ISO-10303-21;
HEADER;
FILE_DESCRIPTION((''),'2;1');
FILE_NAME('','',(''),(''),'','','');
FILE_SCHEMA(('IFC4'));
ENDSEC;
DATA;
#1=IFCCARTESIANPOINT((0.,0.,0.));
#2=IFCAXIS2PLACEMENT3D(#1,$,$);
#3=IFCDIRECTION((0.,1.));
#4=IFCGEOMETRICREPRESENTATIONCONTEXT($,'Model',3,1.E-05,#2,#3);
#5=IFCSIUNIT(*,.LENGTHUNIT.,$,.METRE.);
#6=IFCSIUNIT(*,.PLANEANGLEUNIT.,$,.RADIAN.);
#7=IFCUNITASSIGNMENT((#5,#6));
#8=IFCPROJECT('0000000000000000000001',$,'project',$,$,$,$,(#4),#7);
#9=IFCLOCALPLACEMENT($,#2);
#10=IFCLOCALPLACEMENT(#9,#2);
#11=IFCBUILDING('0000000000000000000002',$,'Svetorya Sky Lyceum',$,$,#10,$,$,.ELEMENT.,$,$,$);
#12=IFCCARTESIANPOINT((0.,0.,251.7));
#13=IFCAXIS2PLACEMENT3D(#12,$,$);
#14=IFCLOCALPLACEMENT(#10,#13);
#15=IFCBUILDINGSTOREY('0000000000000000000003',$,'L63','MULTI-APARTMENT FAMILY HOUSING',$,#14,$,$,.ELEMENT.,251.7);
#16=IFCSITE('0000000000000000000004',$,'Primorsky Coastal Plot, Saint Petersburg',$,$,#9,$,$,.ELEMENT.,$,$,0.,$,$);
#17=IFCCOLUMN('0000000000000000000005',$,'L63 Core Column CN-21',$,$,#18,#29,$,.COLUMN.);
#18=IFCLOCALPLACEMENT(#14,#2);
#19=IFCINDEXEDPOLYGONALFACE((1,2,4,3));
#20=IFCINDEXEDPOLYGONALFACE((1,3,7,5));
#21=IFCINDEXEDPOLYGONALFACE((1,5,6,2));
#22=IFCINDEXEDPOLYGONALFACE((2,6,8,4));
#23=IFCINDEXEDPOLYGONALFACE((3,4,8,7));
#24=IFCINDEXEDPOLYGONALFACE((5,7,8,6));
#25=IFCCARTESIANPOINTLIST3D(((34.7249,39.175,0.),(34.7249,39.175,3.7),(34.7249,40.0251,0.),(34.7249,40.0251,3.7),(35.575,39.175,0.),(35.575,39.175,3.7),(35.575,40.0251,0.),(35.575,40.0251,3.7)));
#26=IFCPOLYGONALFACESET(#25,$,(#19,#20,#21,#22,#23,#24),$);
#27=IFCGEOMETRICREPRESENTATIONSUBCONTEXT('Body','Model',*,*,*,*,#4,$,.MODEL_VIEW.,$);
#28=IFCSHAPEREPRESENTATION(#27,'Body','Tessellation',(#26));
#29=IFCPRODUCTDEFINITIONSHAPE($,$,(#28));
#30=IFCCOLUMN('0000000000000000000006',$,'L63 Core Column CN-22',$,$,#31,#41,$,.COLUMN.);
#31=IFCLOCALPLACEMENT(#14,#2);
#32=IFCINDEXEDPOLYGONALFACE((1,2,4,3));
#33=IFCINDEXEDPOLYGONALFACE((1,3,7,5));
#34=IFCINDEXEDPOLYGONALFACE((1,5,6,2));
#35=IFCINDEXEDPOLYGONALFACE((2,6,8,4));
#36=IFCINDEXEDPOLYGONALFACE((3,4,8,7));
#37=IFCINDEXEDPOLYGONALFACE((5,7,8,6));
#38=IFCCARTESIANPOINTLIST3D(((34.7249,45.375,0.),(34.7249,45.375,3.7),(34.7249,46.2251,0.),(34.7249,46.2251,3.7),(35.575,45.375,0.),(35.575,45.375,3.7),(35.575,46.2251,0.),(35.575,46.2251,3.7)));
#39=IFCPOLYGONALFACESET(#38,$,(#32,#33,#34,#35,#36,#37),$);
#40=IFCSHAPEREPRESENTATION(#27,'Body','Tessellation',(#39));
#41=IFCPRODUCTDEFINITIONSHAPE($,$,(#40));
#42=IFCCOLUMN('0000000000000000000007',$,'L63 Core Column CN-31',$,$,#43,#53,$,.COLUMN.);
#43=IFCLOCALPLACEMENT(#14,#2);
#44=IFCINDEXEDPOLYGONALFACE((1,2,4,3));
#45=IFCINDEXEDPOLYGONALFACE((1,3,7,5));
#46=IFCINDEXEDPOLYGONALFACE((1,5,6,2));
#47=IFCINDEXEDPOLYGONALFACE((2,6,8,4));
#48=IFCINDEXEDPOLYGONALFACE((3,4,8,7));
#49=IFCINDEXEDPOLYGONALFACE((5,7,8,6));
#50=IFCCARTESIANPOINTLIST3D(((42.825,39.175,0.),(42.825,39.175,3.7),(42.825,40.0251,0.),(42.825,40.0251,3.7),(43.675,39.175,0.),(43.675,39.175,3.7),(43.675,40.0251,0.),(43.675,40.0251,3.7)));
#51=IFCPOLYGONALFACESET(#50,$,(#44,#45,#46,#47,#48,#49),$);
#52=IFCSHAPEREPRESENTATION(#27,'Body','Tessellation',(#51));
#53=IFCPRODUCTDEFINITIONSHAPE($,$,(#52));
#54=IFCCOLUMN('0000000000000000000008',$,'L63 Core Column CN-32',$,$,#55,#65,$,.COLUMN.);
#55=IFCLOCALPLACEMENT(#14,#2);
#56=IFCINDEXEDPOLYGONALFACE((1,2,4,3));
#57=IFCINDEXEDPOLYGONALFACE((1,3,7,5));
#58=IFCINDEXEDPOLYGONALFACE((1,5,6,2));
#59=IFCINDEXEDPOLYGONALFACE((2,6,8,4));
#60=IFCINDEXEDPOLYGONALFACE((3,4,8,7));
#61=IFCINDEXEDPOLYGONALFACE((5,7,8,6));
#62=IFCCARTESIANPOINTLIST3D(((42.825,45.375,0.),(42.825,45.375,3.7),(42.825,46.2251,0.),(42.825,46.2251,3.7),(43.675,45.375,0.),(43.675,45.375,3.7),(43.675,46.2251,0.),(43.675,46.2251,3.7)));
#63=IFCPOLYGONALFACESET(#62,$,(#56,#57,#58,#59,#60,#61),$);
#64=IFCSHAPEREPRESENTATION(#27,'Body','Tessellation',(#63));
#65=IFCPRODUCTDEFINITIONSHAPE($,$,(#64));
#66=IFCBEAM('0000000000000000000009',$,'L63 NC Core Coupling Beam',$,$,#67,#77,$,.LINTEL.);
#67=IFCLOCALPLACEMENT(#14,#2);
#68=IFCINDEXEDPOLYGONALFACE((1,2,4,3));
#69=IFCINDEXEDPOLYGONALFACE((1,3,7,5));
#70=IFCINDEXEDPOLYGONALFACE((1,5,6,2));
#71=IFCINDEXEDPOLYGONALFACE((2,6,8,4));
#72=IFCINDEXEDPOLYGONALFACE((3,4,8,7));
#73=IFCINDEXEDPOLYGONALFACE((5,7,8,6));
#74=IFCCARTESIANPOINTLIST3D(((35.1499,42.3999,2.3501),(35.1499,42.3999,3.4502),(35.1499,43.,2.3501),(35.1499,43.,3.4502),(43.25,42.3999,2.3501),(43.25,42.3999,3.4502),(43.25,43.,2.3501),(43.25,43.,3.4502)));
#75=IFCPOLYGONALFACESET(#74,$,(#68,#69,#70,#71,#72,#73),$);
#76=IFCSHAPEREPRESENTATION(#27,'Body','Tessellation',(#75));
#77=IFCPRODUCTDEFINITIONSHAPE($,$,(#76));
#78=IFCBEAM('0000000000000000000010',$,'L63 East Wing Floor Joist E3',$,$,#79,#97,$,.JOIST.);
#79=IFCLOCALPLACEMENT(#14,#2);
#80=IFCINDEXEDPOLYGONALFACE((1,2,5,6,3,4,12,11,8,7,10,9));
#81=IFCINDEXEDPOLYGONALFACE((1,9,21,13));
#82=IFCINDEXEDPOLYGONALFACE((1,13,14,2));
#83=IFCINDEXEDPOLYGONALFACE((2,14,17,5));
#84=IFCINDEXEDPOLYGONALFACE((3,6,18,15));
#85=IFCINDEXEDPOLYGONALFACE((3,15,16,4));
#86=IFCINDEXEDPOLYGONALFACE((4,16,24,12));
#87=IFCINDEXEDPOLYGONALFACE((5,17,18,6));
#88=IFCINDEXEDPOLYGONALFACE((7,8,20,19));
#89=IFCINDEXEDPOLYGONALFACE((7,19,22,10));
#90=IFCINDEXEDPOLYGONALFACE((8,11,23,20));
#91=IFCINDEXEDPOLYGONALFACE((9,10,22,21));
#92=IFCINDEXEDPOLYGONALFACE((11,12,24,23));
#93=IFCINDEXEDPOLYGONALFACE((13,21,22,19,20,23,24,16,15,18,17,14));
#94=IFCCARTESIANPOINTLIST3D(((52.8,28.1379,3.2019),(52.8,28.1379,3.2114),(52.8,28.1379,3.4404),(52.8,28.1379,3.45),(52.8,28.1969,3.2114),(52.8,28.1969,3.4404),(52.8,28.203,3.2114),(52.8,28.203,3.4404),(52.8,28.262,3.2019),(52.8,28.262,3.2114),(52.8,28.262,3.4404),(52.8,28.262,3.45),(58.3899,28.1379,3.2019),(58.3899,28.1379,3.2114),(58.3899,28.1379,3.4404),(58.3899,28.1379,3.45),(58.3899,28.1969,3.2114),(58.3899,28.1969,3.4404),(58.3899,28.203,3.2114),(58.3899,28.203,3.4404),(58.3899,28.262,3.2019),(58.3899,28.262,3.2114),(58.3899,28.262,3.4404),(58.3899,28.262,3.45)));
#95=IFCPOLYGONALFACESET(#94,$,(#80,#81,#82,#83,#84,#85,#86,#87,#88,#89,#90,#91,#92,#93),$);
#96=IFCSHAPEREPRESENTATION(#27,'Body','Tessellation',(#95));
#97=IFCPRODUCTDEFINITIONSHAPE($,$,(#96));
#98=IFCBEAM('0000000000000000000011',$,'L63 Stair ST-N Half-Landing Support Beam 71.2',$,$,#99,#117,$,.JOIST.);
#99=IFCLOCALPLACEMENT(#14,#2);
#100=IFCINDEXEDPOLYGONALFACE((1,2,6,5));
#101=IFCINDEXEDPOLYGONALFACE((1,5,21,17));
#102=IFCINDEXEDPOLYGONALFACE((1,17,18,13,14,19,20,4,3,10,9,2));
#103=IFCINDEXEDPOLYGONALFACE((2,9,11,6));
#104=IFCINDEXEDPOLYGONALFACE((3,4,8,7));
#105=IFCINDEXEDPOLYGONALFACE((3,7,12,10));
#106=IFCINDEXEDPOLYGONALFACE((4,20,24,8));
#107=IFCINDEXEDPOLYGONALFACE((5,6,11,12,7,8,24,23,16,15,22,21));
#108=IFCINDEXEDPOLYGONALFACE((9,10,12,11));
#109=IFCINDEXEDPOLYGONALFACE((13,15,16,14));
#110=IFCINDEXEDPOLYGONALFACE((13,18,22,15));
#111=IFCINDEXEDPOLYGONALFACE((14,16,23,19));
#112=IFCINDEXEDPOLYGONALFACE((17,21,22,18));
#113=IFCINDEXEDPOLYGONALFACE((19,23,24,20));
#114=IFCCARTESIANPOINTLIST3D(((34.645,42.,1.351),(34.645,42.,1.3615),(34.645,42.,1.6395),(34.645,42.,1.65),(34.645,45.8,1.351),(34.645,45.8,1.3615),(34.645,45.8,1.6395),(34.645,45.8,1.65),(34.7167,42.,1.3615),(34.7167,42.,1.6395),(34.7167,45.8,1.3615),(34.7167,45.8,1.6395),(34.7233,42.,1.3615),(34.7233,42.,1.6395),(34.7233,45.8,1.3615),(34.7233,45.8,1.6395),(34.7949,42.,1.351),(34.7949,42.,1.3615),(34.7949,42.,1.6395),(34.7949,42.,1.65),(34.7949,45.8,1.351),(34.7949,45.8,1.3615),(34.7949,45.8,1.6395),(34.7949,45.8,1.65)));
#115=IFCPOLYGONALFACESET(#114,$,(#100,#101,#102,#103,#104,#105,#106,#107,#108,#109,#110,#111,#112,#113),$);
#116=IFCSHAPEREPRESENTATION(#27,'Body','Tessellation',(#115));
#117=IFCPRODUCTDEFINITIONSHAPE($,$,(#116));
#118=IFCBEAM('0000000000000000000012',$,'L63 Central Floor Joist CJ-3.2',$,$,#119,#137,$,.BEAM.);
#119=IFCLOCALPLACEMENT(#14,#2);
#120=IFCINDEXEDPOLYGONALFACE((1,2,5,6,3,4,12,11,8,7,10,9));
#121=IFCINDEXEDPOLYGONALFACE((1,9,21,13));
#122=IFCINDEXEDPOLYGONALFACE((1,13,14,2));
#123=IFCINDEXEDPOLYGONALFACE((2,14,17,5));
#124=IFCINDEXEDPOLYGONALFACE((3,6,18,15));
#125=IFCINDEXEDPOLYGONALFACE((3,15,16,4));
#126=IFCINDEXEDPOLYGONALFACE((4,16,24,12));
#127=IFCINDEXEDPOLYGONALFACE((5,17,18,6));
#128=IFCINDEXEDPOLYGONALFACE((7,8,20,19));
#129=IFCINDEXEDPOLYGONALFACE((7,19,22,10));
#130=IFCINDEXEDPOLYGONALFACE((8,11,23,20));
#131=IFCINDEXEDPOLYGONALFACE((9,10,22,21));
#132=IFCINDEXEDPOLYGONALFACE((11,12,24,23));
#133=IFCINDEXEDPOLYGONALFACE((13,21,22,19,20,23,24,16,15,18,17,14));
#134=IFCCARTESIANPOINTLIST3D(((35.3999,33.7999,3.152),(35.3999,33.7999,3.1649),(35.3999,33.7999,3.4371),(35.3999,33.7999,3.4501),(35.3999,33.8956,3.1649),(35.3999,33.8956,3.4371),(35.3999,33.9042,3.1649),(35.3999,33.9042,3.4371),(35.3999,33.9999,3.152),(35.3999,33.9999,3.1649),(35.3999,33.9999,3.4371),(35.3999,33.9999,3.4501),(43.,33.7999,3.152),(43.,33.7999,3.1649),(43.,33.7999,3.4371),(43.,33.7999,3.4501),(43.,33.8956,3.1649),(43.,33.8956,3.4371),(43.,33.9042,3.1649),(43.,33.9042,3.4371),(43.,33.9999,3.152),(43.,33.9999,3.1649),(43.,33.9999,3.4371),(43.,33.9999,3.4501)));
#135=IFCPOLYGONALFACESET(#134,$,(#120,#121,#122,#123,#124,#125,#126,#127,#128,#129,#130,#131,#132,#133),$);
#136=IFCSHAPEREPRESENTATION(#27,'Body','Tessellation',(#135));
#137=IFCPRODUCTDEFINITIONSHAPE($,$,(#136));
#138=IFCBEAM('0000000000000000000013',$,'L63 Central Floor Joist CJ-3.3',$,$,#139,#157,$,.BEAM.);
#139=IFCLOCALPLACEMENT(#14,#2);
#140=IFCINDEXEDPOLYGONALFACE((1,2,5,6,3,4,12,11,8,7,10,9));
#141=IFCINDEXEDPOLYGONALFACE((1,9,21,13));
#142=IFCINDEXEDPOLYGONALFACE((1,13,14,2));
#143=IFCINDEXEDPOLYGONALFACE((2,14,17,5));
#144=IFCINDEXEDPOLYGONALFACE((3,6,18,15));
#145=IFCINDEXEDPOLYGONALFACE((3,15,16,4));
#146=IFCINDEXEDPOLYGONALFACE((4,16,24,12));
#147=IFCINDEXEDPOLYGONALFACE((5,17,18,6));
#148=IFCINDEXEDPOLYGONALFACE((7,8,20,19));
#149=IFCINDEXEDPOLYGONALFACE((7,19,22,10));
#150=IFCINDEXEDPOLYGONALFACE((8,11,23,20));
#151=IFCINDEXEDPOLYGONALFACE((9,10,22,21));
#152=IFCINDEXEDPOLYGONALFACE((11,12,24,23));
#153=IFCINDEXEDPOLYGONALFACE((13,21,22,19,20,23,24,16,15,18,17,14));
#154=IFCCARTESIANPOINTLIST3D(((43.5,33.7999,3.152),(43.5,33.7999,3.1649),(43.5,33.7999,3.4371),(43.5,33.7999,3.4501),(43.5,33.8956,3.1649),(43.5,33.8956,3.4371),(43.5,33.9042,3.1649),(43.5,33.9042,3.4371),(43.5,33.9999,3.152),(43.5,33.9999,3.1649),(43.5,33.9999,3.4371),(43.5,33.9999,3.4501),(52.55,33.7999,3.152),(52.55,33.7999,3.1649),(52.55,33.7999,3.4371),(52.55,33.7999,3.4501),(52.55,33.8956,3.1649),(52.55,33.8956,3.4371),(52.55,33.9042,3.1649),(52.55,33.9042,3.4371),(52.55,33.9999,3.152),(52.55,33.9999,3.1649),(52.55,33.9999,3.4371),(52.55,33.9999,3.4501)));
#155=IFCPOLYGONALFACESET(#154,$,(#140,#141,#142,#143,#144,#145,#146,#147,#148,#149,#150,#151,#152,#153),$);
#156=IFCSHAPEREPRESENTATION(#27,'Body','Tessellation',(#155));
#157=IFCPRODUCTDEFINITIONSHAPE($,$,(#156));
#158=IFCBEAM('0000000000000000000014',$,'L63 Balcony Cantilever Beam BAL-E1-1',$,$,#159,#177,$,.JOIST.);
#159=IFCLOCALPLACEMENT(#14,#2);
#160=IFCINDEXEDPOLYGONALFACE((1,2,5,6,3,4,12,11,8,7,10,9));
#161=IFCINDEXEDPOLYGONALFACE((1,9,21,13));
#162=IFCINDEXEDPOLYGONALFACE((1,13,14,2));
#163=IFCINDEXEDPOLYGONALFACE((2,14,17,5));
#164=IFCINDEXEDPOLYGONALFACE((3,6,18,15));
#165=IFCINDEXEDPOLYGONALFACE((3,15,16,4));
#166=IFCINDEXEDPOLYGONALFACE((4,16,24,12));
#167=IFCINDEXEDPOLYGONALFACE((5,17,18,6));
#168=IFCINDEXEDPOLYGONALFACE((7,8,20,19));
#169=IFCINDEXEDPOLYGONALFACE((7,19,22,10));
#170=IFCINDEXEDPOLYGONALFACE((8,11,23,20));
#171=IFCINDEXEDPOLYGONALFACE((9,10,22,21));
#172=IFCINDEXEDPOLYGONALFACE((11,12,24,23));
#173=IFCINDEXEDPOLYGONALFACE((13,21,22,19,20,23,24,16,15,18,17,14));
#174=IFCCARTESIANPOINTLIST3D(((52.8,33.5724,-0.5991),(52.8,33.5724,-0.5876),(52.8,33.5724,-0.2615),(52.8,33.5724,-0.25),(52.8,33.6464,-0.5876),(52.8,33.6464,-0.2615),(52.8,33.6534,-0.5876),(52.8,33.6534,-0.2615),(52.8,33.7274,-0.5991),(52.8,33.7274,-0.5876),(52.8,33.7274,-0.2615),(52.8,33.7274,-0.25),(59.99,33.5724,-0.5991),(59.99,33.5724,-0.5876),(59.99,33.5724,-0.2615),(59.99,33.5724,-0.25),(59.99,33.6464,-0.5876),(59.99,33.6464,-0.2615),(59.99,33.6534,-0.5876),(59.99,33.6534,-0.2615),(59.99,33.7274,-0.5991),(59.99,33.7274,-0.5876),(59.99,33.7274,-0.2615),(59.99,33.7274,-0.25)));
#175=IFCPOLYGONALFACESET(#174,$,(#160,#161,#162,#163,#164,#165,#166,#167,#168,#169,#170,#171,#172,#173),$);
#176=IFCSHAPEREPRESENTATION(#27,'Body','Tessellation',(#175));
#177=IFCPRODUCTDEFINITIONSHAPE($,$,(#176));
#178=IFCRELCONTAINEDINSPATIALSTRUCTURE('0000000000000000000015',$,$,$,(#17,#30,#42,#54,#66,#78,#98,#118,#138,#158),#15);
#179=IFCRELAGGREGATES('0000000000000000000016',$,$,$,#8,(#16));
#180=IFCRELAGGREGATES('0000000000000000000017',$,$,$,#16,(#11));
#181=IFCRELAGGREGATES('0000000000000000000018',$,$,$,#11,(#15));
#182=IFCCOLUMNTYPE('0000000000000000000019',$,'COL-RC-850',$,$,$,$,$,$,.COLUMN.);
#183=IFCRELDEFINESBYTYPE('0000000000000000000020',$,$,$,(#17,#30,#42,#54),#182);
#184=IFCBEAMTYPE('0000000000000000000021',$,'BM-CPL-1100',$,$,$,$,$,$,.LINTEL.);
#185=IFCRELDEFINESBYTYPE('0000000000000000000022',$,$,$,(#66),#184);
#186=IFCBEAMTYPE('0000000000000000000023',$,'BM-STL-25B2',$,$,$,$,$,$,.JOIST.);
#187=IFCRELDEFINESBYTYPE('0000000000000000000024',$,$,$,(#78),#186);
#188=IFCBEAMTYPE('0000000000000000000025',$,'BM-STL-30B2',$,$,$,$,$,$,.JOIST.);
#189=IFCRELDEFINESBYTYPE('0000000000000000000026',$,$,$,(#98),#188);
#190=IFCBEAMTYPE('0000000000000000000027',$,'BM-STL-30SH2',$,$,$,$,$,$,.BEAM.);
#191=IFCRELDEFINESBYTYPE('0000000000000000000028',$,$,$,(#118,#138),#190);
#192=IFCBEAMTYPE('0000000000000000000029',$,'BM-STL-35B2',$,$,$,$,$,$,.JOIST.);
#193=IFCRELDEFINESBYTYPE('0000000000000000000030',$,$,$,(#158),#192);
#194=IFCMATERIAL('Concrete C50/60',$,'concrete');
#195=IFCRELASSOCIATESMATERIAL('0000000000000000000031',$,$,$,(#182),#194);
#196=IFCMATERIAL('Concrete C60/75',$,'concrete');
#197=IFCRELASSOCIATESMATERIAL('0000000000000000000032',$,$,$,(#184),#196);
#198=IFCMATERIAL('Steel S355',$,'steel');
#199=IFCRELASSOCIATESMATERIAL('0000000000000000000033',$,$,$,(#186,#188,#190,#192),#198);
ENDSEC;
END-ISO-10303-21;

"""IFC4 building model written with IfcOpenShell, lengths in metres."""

from ifc_helpers import new_model, si_unit, direction, frame, origin, origin_2d, place, context, subcontext, project, spatial, rectangle, i_section, extrude, material, material_profile, profile_set, type_object, element, save


model = new_model("IFC4")

# Units and contexts
model_context = context("Model", 3, precision=1e-05, world=origin(), true_north=direction((0.0, 1.0)))
body_context = subcontext(model_context, "Body", "Model", "MODEL_VIEW")
ifc_project = project(units=[si_unit("LENGTHUNIT", "METRE"), si_unit("PLANEANGLEUNIT", "RADIAN")], contexts=[model_context])

# Site, building, storey
site_placement = place(None, origin())
site = spatial("IfcSite", under=ifc_project, at=site_placement, Name="Primorsky Coastal Plot, Saint Petersburg", CompositionType="ELEMENT", RefElevation=0.0)
building_placement = place(site_placement, origin())
building = spatial("IfcBuilding", under=site, at=building_placement, Name="Svetorya Sky Lyceum", CompositionType="ELEMENT")
storey_placement = place(building_placement, frame((0.0, 0.0, 251.7)))
storey = spatial("IfcBuildingStorey", under=building, at=storey_placement, Name="L63", Description="MULTI-APARTMENT FAMILY HOUSING", CompositionType="ELEMENT", Elevation=251.7)

# Columns
ifc_material_1 = material(Name="Concrete C50/60", Category="concrete")
ifc_material_profile_1 = material_profile(ifc_material_1, rectangle(XDim=0.8501, YDim=0.8501, at=origin_2d()), Name="RC COL 850x850")
ifc_profile_set_1 = profile_set([ifc_material_profile_1], Name="Concrete C50/60")
column_type = type_object("IfcColumnType", Name="COL-RC-850", PredefinedType="COLUMN", material=ifc_profile_set_1)
for number, where, z_axis, x_axis, name in (
    (1, (35.1499, 39.6001, 0.0), (0.0, 0.0, 1.0), (1.0, 0.0, 0.0), "L63 Core Column CN-21"),
    (2, (35.1499, 45.8, 0.0), (0.0, 0.0, 1.0), (1.0, 0.0, 0.0), "L63 Core Column CN-22"),
    (3, (43.25, 39.6001, 0.0), (0.0, 0.0, 1.0), (1.0, 0.0, 0.0), "L63 Core Column CN-31"),
    (4, (43.25, 45.8, 0.0), (0.0, 0.0, 1.0), (1.0, 0.0, 0.0), "L63 Core Column CN-32"),
):
    element("IfcColumn", number, at=place(storey_placement, frame(where, z_axis=z_axis, x_axis=x_axis)), inside=storey, type_object=column_type, Name=name, PredefinedType="COLUMN", context=body_context, shape_type="SweptSolid", body=[
        extrude(rectangle(XDim=0.8501, YDim=0.8501, at=origin_2d()), origin(), (0.0, 0.0, 1.0), 3.7),
    ])

# Beams
ifc_material_2 = material(Name="Concrete C60/75", Category="concrete")
ifc_material_profile_2 = material_profile(ifc_material_2, rectangle(XDim=0.6001, YDim=1.1001, at=origin_2d()), Name="RC COUPLING 600x1100")
ifc_profile_set_2 = profile_set([ifc_material_profile_2], Name="Concrete C60/75")
beam_type_1 = type_object("IfcBeamType", Name="BM-CPL-1100", PredefinedType="LINTEL", material=ifc_profile_set_2)
beam_1_placement = place(storey_placement, frame((35.1499, 42.7, 2.9001), z_axis=(1.0, 0.0, 0.0), x_axis=(0.0, 1.0, 0.0)))
element("IfcBeam", 5, at=beam_1_placement, inside=storey, type_object=beam_type_1, Name="L63 NC Core Coupling Beam", PredefinedType="LINTEL", context=body_context, shape_type="SweptSolid", body=[
    extrude(rectangle(XDim=0.6001, YDim=1.1001, at=origin_2d()), origin(), (0.0, 0.0, 1.0), 8.1001),
])
ifc_material_3 = material(Name="Steel S355", Category="steel")
ifc_material_profile_3 = material_profile(ifc_material_3, i_section(OverallWidth=0.124, OverallDepth=0.248, WebThickness=0.0061, FlangeThickness=0.0095, at=origin_2d()), Name="GOST 25B2")
ifc_profile_set_3 = profile_set([ifc_material_profile_3], Name="Steel S355")
beam_type_2 = type_object("IfcBeamType", Name="BM-STL-25B2", PredefinedType="JOIST", material=ifc_profile_set_3)
beam_2_placement = place(storey_placement, frame((52.8, 28.2, 3.3259), z_axis=(1.0, 0.0, 0.0), x_axis=(0.0, 1.0, 0.0)))
element("IfcBeam", 6, at=beam_2_placement, inside=storey, type_object=beam_type_2, Name="L63 East Wing Floor Joist E3", PredefinedType="JOIST", context=body_context, shape_type="SweptSolid", body=[
    extrude(i_section(OverallWidth=0.124, OverallDepth=0.248, WebThickness=0.0061, FlangeThickness=0.0095, at=origin_2d()), origin(), (0.0, 0.0, 1.0), 5.5898),
])
ifc_material_profile_4 = material_profile(ifc_material_3, i_section(OverallWidth=0.1499, OverallDepth=0.2991, WebThickness=0.0066, FlangeThickness=0.0105, at=origin_2d()), Name="GOST 30B2")
ifc_profile_set_4 = profile_set([ifc_material_profile_4], Name="Steel S355")
beam_type_3 = type_object("IfcBeamType", Name="BM-STL-30B2", PredefinedType="JOIST", material=ifc_profile_set_4)
beam_3_placement = place(storey_placement, frame((34.72, 42.0, 1.5005), z_axis=(0.0, 1.0, 0.0), x_axis=(-1.0, 0.0, 0.0)))
element("IfcBeam", 7, at=beam_3_placement, inside=storey, type_object=beam_type_3, Name="L63 Stair ST-N Half-Landing Support Beam 71.2", PredefinedType="JOIST", context=body_context, shape_type="SweptSolid", body=[
    extrude(i_section(OverallWidth=0.1499, OverallDepth=0.2991, WebThickness=0.0066, FlangeThickness=0.0105, at=origin_2d()), origin(), (0.0, 0.0, 1.0), 3.8),
])
ifc_material_profile_5 = material_profile(ifc_material_3, i_section(OverallWidth=0.2, OverallDepth=0.2981, WebThickness=0.0085, FlangeThickness=0.0129, at=origin_2d()), Name="GOST 30Sh2")
ifc_profile_set_5 = profile_set([ifc_material_profile_5], Name="Steel S355")
beam_type_4 = type_object("IfcBeamType", Name="BM-STL-30SH2", PredefinedType="BEAM", material=ifc_profile_set_5)
beam_4_placement = place(storey_placement, frame((35.3999, 33.8999, 3.301), z_axis=(1.0, 0.0, 0.0), x_axis=(0.0, 1.0, 0.0)))
element("IfcBeam", 8, at=beam_4_placement, inside=storey, type_object=beam_type_4, Name="L63 Central Floor Joist CJ-3.2", PredefinedType="BEAM", context=body_context, shape_type="SweptSolid", body=[
    extrude(i_section(OverallWidth=0.2, OverallDepth=0.2981, WebThickness=0.0085, FlangeThickness=0.0129, at=origin_2d()), origin(), (0.0, 0.0, 1.0), 7.6001),
])
beam_5_placement = place(storey_placement, frame((43.5, 33.8999, 3.301), z_axis=(1.0, 0.0, 0.0), x_axis=(0.0, 1.0, 0.0)))
element("IfcBeam", 9, at=beam_5_placement, inside=storey, type_object=beam_type_4, Name="L63 Central Floor Joist CJ-3.3", PredefinedType="BEAM", context=body_context, shape_type="SweptSolid", body=[
    extrude(i_section(OverallWidth=0.2, OverallDepth=0.2981, WebThickness=0.0085, FlangeThickness=0.0129, at=origin_2d()), origin(), (0.0, 0.0, 1.0), 9.05),
])
ifc_material_profile_6 = material_profile(ifc_material_3, i_section(OverallWidth=0.155, OverallDepth=0.3491, WebThickness=0.0071, FlangeThickness=0.0115, at=origin_2d()), Name="GOST 35B2")
ifc_profile_set_6 = profile_set([ifc_material_profile_6], Name="Steel S355")
beam_type_5 = type_object("IfcBeamType", Name="BM-STL-35B2", PredefinedType="JOIST", material=ifc_profile_set_6)
for number, where, z_axis, x_axis, name in (
    (10, (52.8, 33.6499, -0.4246), (1.0, 0.0, 0.0), (0.0, 1.0, 0.0), "L63 Balcony Cantilever Beam BAL-E1-1"),
):
    element("IfcBeam", number, at=place(storey_placement, frame(where, z_axis=z_axis, x_axis=x_axis)), inside=storey, type_object=beam_type_5, Name=name, PredefinedType="JOIST", context=body_context, shape_type="SweptSolid", body=[
        extrude(i_section(OverallWidth=0.155, OverallDepth=0.3491, WebThickness=0.0071, FlangeThickness=0.0115, at=origin_2d()), origin(), (0.0, 0.0, 1.0), 7.1899),
    ])

save(model, "model.ifc")
